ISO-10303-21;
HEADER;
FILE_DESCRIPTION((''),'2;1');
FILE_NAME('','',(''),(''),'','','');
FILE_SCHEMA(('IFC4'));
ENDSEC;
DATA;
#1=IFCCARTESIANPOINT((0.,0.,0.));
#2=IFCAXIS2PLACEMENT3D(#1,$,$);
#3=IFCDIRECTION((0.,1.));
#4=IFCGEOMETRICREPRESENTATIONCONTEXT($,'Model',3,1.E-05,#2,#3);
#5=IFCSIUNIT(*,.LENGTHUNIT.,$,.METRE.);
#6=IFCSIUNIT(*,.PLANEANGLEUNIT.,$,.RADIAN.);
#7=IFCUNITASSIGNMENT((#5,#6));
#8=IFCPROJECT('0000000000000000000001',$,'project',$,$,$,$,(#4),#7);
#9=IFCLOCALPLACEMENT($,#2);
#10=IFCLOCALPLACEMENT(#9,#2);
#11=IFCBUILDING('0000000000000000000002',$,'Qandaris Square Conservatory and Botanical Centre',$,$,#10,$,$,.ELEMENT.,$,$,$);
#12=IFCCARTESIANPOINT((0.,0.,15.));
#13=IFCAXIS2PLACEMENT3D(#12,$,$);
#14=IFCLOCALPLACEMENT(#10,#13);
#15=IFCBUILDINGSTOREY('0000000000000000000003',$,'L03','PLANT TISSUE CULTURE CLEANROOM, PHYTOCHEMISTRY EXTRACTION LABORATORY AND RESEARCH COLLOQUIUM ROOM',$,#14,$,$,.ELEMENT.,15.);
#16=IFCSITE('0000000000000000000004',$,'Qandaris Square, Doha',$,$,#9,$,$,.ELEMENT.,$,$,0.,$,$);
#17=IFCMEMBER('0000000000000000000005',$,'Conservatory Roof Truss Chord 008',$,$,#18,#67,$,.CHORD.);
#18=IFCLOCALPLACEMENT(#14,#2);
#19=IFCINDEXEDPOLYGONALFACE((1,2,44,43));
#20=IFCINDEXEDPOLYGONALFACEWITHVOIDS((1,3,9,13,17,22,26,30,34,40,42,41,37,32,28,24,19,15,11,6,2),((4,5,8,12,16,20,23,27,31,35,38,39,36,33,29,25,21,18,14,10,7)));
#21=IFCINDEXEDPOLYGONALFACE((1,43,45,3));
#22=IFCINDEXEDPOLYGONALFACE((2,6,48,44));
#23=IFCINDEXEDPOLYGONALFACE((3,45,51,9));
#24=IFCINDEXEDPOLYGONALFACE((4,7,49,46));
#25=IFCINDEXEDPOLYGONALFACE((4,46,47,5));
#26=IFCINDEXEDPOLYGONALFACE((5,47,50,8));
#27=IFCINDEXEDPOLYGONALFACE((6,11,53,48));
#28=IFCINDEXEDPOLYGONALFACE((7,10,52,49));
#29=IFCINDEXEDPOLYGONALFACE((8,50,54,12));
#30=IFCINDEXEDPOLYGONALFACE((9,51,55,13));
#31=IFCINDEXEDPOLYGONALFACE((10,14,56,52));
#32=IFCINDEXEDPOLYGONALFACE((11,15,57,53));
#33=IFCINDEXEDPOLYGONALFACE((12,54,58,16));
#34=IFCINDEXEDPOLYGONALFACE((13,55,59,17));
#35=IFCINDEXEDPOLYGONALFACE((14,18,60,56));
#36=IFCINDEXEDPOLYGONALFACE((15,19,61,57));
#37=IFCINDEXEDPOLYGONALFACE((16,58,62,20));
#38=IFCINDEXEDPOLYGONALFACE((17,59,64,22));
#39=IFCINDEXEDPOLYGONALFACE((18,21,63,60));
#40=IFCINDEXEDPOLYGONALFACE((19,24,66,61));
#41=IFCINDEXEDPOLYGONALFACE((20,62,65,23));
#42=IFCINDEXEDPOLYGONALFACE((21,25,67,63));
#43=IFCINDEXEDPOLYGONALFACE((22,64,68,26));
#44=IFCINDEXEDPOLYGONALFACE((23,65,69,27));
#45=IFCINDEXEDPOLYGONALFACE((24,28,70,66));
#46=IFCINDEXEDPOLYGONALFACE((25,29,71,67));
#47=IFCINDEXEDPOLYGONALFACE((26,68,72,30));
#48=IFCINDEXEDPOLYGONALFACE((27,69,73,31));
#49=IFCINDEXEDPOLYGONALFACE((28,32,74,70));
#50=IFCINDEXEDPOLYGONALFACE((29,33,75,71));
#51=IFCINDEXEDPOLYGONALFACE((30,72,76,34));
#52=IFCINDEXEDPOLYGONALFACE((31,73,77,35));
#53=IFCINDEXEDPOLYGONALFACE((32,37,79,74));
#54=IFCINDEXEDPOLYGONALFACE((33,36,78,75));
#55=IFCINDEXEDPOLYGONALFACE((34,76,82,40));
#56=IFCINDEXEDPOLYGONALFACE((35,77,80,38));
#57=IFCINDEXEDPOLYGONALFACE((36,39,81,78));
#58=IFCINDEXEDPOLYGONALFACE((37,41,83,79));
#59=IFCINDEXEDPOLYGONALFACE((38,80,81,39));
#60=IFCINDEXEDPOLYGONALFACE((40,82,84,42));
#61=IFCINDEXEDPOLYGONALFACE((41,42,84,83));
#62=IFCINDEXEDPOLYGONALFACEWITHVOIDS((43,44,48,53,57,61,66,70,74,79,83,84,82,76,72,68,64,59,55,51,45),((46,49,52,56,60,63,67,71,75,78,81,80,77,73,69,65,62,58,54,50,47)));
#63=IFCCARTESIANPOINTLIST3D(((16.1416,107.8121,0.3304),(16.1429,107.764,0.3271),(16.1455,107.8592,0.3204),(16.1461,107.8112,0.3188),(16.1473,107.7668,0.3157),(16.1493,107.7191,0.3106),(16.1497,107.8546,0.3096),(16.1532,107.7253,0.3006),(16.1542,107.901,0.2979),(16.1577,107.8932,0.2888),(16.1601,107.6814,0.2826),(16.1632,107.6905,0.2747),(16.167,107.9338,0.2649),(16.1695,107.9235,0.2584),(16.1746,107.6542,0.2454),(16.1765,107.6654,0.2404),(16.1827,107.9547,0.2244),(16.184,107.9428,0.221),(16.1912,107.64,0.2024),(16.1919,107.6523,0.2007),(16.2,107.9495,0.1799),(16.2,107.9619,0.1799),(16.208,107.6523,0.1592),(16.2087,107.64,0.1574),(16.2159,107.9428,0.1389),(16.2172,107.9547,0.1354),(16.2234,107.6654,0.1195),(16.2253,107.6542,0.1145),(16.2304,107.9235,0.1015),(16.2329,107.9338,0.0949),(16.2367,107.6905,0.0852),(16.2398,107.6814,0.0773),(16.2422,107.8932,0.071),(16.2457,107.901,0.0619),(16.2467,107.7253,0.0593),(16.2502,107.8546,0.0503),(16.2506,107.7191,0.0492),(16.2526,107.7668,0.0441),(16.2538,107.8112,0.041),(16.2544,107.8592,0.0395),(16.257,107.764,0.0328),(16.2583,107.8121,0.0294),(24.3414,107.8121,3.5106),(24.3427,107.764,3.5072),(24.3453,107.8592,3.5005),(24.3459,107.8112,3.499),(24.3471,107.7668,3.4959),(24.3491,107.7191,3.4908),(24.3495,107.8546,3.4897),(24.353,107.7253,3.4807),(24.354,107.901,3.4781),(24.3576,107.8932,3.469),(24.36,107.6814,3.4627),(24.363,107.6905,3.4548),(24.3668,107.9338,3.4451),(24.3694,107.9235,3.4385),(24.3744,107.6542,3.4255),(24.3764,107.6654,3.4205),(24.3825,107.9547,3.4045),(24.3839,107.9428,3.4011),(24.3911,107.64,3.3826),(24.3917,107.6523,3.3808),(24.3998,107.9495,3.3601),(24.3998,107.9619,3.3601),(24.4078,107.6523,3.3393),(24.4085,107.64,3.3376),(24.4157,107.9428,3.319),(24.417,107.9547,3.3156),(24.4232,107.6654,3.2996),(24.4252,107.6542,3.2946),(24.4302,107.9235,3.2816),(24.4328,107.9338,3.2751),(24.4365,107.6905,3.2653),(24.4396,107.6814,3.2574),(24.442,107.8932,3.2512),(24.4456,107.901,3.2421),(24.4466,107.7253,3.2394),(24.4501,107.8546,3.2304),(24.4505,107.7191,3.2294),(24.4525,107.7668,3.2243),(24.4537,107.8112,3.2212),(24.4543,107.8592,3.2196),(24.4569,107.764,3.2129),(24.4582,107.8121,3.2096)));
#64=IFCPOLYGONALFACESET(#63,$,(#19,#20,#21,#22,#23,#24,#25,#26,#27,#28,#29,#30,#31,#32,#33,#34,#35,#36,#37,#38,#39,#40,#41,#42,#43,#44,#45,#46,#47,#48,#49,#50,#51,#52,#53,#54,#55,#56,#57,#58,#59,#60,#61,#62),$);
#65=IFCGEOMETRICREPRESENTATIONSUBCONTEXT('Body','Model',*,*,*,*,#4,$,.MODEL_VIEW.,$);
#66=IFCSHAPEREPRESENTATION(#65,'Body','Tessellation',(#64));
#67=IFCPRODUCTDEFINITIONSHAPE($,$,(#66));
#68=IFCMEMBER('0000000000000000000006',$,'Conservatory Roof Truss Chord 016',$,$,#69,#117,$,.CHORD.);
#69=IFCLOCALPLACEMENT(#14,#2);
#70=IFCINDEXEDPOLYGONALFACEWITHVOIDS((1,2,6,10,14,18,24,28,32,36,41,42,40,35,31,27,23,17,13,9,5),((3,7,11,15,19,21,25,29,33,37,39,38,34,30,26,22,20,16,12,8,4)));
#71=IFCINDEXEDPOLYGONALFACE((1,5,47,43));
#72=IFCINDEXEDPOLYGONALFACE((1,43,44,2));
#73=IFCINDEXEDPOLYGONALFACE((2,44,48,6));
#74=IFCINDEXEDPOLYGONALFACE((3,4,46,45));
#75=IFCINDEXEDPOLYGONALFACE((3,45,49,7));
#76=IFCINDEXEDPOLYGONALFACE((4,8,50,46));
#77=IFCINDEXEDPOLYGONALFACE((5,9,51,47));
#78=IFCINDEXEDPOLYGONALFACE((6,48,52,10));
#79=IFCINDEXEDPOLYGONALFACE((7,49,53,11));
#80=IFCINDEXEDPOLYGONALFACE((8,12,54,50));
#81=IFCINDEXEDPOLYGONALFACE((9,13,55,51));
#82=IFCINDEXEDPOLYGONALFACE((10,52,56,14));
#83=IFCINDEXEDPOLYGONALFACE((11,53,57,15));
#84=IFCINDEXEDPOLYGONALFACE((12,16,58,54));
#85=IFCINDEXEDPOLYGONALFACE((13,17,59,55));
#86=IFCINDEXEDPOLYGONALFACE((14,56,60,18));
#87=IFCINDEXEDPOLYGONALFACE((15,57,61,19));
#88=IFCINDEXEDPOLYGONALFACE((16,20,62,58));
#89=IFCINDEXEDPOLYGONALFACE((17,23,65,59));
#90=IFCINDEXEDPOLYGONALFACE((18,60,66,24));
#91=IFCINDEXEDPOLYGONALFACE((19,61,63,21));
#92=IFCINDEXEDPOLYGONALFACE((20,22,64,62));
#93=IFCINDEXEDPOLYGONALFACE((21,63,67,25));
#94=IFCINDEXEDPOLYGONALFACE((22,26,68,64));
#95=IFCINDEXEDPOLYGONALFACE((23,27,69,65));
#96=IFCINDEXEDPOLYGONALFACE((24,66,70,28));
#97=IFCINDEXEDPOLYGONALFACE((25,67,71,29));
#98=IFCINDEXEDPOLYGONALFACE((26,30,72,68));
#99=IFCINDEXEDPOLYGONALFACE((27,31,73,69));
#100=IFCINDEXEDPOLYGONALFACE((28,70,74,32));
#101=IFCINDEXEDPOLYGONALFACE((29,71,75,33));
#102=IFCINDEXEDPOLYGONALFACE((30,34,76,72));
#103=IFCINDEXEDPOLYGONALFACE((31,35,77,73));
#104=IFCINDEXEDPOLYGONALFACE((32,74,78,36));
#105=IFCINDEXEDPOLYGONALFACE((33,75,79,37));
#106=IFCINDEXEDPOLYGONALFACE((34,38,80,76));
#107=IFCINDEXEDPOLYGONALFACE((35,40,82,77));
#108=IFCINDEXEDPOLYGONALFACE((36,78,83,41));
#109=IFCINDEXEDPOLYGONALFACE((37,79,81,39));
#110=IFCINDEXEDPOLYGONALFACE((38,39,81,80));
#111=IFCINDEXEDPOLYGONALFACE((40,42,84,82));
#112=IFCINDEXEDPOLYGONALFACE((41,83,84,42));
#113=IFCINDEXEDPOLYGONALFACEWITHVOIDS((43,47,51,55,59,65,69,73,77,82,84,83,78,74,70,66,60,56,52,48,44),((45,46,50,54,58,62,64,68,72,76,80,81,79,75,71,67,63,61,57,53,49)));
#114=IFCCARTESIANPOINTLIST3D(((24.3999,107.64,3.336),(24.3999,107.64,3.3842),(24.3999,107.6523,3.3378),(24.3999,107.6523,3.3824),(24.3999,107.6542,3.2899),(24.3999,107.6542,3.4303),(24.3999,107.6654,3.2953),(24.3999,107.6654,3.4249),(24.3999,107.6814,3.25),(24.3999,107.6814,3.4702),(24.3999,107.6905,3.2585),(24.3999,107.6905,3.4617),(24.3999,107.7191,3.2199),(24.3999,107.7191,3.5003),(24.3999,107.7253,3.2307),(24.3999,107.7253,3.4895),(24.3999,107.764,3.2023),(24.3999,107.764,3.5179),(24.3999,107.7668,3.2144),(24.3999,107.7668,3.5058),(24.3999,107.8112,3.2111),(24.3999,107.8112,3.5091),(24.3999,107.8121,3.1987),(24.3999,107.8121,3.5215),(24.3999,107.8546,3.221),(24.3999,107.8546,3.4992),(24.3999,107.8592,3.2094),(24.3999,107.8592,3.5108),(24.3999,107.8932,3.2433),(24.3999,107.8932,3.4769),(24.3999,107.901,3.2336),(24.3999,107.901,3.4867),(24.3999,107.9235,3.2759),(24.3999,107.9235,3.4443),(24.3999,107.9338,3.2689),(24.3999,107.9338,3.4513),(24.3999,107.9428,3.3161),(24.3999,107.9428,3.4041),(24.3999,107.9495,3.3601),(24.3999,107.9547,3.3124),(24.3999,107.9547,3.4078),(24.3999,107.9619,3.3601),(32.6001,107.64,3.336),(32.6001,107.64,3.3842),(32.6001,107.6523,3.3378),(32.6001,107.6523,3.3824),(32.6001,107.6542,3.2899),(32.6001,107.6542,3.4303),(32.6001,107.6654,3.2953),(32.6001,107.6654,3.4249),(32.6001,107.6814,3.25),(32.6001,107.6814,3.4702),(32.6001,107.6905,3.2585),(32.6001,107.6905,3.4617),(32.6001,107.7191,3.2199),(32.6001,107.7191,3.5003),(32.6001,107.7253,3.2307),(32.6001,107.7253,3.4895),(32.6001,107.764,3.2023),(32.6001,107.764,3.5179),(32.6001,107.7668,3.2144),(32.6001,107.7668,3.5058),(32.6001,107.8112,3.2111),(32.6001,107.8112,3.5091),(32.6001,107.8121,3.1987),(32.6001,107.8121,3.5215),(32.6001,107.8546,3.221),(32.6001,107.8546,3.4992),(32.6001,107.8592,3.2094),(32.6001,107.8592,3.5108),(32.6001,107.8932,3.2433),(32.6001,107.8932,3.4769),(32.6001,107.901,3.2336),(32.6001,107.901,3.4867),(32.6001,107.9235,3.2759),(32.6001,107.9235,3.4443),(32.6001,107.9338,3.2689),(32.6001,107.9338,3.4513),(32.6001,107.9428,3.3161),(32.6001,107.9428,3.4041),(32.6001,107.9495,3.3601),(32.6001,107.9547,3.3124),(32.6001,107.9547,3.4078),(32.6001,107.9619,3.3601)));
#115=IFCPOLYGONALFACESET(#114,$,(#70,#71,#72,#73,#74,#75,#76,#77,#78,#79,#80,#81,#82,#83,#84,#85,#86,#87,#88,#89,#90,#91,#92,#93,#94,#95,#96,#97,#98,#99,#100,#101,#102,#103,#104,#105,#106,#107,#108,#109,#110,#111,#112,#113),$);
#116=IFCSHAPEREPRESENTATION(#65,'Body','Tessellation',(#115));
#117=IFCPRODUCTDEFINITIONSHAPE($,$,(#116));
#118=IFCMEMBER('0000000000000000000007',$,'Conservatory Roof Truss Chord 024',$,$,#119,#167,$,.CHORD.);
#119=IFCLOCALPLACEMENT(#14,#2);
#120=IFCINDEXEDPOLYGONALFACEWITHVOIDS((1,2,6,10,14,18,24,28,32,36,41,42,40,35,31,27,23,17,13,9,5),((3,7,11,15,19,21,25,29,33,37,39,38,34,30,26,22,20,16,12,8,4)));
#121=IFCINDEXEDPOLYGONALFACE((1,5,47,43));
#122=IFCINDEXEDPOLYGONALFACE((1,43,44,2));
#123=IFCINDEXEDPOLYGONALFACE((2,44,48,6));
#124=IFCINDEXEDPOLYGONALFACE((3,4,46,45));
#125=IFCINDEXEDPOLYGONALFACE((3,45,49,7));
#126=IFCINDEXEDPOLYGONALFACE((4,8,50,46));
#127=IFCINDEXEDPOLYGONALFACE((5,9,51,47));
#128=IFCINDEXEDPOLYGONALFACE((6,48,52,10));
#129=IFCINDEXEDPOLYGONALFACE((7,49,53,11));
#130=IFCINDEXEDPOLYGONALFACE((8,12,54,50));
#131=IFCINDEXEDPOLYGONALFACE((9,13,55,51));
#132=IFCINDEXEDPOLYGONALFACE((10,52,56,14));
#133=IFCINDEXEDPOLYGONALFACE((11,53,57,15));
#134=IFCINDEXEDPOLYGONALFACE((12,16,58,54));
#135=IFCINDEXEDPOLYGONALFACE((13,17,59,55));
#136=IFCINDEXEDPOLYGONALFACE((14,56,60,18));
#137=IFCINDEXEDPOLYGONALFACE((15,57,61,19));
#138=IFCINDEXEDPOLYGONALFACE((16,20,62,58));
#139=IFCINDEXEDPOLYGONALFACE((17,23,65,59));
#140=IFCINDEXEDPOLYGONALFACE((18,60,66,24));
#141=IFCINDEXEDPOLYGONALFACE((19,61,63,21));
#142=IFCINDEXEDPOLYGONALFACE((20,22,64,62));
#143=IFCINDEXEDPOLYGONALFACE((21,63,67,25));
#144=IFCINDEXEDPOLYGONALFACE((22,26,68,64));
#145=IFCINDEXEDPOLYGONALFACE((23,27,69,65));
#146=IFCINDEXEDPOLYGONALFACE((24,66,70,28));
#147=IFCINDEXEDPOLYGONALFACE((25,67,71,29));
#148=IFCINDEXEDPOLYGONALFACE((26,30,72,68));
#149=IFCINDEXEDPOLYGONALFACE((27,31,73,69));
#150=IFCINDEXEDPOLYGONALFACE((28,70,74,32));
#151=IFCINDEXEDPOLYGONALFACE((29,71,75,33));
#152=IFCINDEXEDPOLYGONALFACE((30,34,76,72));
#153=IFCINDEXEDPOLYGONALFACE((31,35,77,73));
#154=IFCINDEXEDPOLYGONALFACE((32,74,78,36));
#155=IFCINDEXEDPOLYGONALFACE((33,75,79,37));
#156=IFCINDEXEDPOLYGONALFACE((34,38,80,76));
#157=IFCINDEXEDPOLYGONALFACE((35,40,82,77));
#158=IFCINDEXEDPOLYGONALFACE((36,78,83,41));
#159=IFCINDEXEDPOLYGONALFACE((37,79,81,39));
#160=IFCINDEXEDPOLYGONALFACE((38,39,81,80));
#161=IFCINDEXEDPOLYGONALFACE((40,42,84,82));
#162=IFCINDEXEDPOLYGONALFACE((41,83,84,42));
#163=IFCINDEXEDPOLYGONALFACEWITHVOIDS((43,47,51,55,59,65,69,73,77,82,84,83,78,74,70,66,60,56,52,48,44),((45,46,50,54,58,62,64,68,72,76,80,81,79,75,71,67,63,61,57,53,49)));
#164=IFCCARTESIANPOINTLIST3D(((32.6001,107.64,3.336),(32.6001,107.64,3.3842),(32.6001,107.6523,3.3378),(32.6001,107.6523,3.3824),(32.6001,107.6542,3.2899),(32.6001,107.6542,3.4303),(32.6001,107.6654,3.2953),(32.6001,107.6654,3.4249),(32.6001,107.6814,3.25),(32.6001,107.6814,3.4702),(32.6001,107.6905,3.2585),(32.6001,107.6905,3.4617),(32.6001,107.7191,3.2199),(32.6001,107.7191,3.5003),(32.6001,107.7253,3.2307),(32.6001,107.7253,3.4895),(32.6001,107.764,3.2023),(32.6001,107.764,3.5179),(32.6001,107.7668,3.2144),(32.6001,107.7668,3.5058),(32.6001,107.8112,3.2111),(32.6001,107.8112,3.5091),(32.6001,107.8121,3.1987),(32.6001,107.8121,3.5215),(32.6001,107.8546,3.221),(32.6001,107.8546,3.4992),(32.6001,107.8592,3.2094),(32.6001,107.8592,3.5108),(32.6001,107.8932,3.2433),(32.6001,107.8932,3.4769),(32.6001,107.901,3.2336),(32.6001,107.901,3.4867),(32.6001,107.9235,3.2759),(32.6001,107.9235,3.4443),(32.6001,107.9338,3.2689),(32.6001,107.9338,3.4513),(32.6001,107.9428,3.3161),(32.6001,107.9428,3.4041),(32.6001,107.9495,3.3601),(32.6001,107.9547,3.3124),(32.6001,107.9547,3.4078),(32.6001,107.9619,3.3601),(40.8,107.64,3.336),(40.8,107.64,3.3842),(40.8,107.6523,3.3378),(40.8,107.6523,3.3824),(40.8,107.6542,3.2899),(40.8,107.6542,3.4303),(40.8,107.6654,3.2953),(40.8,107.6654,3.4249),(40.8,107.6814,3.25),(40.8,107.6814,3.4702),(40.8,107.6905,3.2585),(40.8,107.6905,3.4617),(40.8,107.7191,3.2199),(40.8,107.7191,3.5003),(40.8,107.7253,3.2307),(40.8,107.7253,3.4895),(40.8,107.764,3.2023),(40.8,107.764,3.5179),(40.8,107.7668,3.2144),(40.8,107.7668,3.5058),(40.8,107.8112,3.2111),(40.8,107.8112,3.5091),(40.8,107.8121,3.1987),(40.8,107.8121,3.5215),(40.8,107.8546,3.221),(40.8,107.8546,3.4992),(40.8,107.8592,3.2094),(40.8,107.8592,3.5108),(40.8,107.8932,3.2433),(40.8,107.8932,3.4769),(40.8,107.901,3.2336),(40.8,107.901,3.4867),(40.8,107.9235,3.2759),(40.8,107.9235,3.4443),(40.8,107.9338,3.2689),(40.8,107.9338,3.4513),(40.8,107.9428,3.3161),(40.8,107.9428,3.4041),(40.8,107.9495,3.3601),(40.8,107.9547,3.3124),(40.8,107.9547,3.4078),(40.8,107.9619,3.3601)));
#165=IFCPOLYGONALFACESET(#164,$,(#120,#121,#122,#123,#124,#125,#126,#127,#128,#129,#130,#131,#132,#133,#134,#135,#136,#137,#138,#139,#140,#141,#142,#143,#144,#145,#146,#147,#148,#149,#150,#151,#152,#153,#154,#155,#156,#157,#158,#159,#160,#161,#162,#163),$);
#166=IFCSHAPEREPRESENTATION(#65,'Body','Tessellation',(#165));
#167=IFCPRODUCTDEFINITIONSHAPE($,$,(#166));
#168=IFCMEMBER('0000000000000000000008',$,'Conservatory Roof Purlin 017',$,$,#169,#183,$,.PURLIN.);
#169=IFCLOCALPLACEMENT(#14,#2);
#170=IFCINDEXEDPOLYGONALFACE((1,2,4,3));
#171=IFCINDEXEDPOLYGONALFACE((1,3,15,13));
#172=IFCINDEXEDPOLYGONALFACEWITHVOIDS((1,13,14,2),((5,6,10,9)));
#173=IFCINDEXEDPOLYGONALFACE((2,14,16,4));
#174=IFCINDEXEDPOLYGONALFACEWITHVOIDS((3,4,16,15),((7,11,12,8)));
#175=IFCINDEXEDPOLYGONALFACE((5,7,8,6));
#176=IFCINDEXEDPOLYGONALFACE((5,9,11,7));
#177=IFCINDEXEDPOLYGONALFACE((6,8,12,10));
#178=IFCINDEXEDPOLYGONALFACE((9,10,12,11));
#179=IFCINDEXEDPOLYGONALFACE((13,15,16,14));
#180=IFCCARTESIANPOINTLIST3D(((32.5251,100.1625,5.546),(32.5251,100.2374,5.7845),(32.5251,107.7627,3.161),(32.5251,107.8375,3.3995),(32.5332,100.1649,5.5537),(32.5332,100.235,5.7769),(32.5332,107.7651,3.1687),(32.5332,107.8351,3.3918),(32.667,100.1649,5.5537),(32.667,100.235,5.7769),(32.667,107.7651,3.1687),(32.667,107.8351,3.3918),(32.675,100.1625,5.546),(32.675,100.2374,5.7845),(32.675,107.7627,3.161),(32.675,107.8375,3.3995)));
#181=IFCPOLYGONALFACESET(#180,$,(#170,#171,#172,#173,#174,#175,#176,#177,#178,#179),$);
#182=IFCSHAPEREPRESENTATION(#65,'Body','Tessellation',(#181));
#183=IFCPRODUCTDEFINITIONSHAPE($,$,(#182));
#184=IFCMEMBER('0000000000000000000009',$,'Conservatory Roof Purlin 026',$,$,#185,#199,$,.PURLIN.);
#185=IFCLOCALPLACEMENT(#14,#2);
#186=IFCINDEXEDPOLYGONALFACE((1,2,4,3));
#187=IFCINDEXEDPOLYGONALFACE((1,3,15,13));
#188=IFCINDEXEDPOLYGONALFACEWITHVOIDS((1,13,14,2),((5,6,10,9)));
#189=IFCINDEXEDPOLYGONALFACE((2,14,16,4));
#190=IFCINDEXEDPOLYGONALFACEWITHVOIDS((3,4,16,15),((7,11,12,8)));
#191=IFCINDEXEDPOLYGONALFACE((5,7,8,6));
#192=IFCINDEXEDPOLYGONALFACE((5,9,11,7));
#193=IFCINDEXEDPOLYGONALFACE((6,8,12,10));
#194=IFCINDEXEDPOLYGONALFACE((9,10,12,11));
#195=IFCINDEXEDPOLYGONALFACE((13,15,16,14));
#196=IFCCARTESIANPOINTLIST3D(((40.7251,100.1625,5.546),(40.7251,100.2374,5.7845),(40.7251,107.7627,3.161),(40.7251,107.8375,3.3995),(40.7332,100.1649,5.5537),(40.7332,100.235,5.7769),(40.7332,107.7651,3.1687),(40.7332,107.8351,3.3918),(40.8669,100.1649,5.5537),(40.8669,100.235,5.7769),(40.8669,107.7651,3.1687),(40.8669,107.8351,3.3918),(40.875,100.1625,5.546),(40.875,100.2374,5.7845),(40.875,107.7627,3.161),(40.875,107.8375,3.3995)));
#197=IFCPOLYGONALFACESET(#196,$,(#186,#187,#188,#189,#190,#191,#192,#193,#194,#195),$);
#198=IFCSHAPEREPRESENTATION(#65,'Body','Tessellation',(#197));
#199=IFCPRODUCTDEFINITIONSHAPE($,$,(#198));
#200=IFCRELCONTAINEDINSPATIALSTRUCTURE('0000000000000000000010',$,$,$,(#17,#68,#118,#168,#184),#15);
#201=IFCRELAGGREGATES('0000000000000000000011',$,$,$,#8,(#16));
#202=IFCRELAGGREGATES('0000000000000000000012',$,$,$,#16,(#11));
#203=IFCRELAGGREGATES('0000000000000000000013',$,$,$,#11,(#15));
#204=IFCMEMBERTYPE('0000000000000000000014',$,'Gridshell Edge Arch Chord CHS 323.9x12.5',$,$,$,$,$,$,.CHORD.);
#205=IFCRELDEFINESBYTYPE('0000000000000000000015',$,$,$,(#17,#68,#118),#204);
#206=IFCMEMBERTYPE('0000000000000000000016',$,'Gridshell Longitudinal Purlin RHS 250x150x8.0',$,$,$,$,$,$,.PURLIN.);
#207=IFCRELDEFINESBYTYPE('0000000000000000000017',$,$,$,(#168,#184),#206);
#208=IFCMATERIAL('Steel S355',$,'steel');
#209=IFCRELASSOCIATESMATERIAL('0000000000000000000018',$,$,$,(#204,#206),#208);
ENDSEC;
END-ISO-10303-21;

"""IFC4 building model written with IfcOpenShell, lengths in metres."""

from ifc_helpers import new_model, si_unit, direction, frame, origin, origin_2d, place, context, subcontext, project, spatial, hollow_rectangle, hollow_circle, extrude, material, material_profile, profile_set, type_object, element, save


model = new_model("IFC4")

# Units and contexts
model_context = context("Model", 3, precision=1e-05, world=origin(), true_north=direction((0.0, 1.0)))
body_context = subcontext(model_context, "Body", "Model", "MODEL_VIEW")
ifc_project = project(units=[si_unit("LENGTHUNIT", "METRE"), si_unit("PLANEANGLEUNIT", "RADIAN")], contexts=[model_context])

# Site, building, storey
site_placement = place(None, origin())
site = spatial("IfcSite", under=ifc_project, at=site_placement, Name="Qandaris Square, Doha", CompositionType="ELEMENT", RefElevation=0.0)
building_placement = place(site_placement, origin())
building = spatial("IfcBuilding", under=site, at=building_placement, Name="Qandaris Square Conservatory and Botanical Centre", CompositionType="ELEMENT")
storey_placement = place(building_placement, frame((0.0, 0.0, 15.0)))
storey = spatial("IfcBuildingStorey", under=building, at=storey_placement, Name="L03", Description="PLANT TISSUE CULTURE CLEANROOM, PHYTOCHEMISTRY EXTRACTION LABORATORY AND RESEARCH COLLOQUIUM ROOM", CompositionType="ELEMENT", Elevation=15.0)

# Members
ifc_material_1 = material(Name="Steel S355", Category="steel")
ifc_material_profile_1 = material_profile(ifc_material_1, hollow_circle(Radius=0.1619, WallThickness=0.0125, at=origin_2d()), Name="CHS 323.9x12.5")
ifc_profile_set_1 = profile_set([ifc_material_profile_1], Name="Steel S355")
member_type_1 = type_object("IfcMemberType", Name="Gridshell Edge Arch Chord CHS 323.9x12.5", PredefinedType="CHORD", material=ifc_profile_set_1)
member_1_placement = place(storey_placement, frame((16.2, 107.8, 0.1799), z_axis=(0.932338, 0.0, 0.361587), x_axis=(0.0, 1.0, 0.0)))
element("IfcMember", 1, at=member_1_placement, inside=storey, type_object=member_type_1, Name="Conservatory Roof Truss Chord 008", PredefinedType="CHORD", context=body_context, shape_type="SweptSolid", body=[
    extrude(hollow_circle(Radius=0.1619, WallThickness=0.0125, at=origin_2d()), origin(), (0.0, 0.0, 1.0), 8.7949),
])
member_2_placement = place(storey_placement, frame((24.3999, 107.8, 3.3601), z_axis=(1.0, 0.0, 0.0), x_axis=(0.0, 1.0, 0.0)))
element("IfcMember", 2, at=member_2_placement, inside=storey, type_object=member_type_1, Name="Conservatory Roof Truss Chord 016", PredefinedType="CHORD", context=body_context, shape_type="SweptSolid", body=[
    extrude(hollow_circle(Radius=0.1619, WallThickness=0.0125, at=origin_2d()), origin(), (0.0, 0.0, 1.0), 8.2002),
])
member_3_placement = place(storey_placement, frame((32.6001, 107.8, 3.3601), z_axis=(1.0, 0.0, 0.0), x_axis=(0.0, 1.0, 0.0)))
element("IfcMember", 3, at=member_3_placement, inside=storey, type_object=member_type_1, Name="Conservatory Roof Truss Chord 024", PredefinedType="CHORD", context=body_context, shape_type="SweptSolid", body=[
    extrude(hollow_circle(Radius=0.1619, WallThickness=0.0125, at=origin_2d()), origin(), (0.0, 0.0, 1.0), 8.2),
])
ifc_material_profile_2 = material_profile(ifc_material_1, hollow_rectangle(XDim=0.1499, YDim=0.25, WallThickness=0.0081, at=origin_2d()), Name="RHS 250x150x8.0")
ifc_profile_set_2 = profile_set([ifc_material_profile_2], Name="Steel S355")
member_type_2 = type_object("IfcMemberType", Name="Gridshell Longitudinal Purlin RHS 250x150x8.0", PredefinedType="PURLIN", material=ifc_profile_set_2)
for number, where, z_axis, x_axis, name in (
    (4, (32.6001, 100.2, 5.6653), (0.0, 0.954123, -0.299416), (-1.0, 0.0, 0.0), "Conservatory Roof Purlin 017"),
    (5, (40.8, 100.2, 5.6653), (0.0, 0.954123, -0.299416), (-1.0, 0.0, 0.0), "Conservatory Roof Purlin 026"),
):
    element("IfcMember", number, at=place(storey_placement, frame(where, z_axis=z_axis, x_axis=x_axis)), inside=storey, type_object=member_type_2, Name=name, PredefinedType="PURLIN", context=body_context, shape_type="SweptSolid", body=[
        extrude(hollow_rectangle(XDim=0.1499, YDim=0.25, WallThickness=0.0081, at=origin_2d()), origin(), (0.0, 0.0, 1.0), 7.9656),
    ])

save(model, "model.ifc")
